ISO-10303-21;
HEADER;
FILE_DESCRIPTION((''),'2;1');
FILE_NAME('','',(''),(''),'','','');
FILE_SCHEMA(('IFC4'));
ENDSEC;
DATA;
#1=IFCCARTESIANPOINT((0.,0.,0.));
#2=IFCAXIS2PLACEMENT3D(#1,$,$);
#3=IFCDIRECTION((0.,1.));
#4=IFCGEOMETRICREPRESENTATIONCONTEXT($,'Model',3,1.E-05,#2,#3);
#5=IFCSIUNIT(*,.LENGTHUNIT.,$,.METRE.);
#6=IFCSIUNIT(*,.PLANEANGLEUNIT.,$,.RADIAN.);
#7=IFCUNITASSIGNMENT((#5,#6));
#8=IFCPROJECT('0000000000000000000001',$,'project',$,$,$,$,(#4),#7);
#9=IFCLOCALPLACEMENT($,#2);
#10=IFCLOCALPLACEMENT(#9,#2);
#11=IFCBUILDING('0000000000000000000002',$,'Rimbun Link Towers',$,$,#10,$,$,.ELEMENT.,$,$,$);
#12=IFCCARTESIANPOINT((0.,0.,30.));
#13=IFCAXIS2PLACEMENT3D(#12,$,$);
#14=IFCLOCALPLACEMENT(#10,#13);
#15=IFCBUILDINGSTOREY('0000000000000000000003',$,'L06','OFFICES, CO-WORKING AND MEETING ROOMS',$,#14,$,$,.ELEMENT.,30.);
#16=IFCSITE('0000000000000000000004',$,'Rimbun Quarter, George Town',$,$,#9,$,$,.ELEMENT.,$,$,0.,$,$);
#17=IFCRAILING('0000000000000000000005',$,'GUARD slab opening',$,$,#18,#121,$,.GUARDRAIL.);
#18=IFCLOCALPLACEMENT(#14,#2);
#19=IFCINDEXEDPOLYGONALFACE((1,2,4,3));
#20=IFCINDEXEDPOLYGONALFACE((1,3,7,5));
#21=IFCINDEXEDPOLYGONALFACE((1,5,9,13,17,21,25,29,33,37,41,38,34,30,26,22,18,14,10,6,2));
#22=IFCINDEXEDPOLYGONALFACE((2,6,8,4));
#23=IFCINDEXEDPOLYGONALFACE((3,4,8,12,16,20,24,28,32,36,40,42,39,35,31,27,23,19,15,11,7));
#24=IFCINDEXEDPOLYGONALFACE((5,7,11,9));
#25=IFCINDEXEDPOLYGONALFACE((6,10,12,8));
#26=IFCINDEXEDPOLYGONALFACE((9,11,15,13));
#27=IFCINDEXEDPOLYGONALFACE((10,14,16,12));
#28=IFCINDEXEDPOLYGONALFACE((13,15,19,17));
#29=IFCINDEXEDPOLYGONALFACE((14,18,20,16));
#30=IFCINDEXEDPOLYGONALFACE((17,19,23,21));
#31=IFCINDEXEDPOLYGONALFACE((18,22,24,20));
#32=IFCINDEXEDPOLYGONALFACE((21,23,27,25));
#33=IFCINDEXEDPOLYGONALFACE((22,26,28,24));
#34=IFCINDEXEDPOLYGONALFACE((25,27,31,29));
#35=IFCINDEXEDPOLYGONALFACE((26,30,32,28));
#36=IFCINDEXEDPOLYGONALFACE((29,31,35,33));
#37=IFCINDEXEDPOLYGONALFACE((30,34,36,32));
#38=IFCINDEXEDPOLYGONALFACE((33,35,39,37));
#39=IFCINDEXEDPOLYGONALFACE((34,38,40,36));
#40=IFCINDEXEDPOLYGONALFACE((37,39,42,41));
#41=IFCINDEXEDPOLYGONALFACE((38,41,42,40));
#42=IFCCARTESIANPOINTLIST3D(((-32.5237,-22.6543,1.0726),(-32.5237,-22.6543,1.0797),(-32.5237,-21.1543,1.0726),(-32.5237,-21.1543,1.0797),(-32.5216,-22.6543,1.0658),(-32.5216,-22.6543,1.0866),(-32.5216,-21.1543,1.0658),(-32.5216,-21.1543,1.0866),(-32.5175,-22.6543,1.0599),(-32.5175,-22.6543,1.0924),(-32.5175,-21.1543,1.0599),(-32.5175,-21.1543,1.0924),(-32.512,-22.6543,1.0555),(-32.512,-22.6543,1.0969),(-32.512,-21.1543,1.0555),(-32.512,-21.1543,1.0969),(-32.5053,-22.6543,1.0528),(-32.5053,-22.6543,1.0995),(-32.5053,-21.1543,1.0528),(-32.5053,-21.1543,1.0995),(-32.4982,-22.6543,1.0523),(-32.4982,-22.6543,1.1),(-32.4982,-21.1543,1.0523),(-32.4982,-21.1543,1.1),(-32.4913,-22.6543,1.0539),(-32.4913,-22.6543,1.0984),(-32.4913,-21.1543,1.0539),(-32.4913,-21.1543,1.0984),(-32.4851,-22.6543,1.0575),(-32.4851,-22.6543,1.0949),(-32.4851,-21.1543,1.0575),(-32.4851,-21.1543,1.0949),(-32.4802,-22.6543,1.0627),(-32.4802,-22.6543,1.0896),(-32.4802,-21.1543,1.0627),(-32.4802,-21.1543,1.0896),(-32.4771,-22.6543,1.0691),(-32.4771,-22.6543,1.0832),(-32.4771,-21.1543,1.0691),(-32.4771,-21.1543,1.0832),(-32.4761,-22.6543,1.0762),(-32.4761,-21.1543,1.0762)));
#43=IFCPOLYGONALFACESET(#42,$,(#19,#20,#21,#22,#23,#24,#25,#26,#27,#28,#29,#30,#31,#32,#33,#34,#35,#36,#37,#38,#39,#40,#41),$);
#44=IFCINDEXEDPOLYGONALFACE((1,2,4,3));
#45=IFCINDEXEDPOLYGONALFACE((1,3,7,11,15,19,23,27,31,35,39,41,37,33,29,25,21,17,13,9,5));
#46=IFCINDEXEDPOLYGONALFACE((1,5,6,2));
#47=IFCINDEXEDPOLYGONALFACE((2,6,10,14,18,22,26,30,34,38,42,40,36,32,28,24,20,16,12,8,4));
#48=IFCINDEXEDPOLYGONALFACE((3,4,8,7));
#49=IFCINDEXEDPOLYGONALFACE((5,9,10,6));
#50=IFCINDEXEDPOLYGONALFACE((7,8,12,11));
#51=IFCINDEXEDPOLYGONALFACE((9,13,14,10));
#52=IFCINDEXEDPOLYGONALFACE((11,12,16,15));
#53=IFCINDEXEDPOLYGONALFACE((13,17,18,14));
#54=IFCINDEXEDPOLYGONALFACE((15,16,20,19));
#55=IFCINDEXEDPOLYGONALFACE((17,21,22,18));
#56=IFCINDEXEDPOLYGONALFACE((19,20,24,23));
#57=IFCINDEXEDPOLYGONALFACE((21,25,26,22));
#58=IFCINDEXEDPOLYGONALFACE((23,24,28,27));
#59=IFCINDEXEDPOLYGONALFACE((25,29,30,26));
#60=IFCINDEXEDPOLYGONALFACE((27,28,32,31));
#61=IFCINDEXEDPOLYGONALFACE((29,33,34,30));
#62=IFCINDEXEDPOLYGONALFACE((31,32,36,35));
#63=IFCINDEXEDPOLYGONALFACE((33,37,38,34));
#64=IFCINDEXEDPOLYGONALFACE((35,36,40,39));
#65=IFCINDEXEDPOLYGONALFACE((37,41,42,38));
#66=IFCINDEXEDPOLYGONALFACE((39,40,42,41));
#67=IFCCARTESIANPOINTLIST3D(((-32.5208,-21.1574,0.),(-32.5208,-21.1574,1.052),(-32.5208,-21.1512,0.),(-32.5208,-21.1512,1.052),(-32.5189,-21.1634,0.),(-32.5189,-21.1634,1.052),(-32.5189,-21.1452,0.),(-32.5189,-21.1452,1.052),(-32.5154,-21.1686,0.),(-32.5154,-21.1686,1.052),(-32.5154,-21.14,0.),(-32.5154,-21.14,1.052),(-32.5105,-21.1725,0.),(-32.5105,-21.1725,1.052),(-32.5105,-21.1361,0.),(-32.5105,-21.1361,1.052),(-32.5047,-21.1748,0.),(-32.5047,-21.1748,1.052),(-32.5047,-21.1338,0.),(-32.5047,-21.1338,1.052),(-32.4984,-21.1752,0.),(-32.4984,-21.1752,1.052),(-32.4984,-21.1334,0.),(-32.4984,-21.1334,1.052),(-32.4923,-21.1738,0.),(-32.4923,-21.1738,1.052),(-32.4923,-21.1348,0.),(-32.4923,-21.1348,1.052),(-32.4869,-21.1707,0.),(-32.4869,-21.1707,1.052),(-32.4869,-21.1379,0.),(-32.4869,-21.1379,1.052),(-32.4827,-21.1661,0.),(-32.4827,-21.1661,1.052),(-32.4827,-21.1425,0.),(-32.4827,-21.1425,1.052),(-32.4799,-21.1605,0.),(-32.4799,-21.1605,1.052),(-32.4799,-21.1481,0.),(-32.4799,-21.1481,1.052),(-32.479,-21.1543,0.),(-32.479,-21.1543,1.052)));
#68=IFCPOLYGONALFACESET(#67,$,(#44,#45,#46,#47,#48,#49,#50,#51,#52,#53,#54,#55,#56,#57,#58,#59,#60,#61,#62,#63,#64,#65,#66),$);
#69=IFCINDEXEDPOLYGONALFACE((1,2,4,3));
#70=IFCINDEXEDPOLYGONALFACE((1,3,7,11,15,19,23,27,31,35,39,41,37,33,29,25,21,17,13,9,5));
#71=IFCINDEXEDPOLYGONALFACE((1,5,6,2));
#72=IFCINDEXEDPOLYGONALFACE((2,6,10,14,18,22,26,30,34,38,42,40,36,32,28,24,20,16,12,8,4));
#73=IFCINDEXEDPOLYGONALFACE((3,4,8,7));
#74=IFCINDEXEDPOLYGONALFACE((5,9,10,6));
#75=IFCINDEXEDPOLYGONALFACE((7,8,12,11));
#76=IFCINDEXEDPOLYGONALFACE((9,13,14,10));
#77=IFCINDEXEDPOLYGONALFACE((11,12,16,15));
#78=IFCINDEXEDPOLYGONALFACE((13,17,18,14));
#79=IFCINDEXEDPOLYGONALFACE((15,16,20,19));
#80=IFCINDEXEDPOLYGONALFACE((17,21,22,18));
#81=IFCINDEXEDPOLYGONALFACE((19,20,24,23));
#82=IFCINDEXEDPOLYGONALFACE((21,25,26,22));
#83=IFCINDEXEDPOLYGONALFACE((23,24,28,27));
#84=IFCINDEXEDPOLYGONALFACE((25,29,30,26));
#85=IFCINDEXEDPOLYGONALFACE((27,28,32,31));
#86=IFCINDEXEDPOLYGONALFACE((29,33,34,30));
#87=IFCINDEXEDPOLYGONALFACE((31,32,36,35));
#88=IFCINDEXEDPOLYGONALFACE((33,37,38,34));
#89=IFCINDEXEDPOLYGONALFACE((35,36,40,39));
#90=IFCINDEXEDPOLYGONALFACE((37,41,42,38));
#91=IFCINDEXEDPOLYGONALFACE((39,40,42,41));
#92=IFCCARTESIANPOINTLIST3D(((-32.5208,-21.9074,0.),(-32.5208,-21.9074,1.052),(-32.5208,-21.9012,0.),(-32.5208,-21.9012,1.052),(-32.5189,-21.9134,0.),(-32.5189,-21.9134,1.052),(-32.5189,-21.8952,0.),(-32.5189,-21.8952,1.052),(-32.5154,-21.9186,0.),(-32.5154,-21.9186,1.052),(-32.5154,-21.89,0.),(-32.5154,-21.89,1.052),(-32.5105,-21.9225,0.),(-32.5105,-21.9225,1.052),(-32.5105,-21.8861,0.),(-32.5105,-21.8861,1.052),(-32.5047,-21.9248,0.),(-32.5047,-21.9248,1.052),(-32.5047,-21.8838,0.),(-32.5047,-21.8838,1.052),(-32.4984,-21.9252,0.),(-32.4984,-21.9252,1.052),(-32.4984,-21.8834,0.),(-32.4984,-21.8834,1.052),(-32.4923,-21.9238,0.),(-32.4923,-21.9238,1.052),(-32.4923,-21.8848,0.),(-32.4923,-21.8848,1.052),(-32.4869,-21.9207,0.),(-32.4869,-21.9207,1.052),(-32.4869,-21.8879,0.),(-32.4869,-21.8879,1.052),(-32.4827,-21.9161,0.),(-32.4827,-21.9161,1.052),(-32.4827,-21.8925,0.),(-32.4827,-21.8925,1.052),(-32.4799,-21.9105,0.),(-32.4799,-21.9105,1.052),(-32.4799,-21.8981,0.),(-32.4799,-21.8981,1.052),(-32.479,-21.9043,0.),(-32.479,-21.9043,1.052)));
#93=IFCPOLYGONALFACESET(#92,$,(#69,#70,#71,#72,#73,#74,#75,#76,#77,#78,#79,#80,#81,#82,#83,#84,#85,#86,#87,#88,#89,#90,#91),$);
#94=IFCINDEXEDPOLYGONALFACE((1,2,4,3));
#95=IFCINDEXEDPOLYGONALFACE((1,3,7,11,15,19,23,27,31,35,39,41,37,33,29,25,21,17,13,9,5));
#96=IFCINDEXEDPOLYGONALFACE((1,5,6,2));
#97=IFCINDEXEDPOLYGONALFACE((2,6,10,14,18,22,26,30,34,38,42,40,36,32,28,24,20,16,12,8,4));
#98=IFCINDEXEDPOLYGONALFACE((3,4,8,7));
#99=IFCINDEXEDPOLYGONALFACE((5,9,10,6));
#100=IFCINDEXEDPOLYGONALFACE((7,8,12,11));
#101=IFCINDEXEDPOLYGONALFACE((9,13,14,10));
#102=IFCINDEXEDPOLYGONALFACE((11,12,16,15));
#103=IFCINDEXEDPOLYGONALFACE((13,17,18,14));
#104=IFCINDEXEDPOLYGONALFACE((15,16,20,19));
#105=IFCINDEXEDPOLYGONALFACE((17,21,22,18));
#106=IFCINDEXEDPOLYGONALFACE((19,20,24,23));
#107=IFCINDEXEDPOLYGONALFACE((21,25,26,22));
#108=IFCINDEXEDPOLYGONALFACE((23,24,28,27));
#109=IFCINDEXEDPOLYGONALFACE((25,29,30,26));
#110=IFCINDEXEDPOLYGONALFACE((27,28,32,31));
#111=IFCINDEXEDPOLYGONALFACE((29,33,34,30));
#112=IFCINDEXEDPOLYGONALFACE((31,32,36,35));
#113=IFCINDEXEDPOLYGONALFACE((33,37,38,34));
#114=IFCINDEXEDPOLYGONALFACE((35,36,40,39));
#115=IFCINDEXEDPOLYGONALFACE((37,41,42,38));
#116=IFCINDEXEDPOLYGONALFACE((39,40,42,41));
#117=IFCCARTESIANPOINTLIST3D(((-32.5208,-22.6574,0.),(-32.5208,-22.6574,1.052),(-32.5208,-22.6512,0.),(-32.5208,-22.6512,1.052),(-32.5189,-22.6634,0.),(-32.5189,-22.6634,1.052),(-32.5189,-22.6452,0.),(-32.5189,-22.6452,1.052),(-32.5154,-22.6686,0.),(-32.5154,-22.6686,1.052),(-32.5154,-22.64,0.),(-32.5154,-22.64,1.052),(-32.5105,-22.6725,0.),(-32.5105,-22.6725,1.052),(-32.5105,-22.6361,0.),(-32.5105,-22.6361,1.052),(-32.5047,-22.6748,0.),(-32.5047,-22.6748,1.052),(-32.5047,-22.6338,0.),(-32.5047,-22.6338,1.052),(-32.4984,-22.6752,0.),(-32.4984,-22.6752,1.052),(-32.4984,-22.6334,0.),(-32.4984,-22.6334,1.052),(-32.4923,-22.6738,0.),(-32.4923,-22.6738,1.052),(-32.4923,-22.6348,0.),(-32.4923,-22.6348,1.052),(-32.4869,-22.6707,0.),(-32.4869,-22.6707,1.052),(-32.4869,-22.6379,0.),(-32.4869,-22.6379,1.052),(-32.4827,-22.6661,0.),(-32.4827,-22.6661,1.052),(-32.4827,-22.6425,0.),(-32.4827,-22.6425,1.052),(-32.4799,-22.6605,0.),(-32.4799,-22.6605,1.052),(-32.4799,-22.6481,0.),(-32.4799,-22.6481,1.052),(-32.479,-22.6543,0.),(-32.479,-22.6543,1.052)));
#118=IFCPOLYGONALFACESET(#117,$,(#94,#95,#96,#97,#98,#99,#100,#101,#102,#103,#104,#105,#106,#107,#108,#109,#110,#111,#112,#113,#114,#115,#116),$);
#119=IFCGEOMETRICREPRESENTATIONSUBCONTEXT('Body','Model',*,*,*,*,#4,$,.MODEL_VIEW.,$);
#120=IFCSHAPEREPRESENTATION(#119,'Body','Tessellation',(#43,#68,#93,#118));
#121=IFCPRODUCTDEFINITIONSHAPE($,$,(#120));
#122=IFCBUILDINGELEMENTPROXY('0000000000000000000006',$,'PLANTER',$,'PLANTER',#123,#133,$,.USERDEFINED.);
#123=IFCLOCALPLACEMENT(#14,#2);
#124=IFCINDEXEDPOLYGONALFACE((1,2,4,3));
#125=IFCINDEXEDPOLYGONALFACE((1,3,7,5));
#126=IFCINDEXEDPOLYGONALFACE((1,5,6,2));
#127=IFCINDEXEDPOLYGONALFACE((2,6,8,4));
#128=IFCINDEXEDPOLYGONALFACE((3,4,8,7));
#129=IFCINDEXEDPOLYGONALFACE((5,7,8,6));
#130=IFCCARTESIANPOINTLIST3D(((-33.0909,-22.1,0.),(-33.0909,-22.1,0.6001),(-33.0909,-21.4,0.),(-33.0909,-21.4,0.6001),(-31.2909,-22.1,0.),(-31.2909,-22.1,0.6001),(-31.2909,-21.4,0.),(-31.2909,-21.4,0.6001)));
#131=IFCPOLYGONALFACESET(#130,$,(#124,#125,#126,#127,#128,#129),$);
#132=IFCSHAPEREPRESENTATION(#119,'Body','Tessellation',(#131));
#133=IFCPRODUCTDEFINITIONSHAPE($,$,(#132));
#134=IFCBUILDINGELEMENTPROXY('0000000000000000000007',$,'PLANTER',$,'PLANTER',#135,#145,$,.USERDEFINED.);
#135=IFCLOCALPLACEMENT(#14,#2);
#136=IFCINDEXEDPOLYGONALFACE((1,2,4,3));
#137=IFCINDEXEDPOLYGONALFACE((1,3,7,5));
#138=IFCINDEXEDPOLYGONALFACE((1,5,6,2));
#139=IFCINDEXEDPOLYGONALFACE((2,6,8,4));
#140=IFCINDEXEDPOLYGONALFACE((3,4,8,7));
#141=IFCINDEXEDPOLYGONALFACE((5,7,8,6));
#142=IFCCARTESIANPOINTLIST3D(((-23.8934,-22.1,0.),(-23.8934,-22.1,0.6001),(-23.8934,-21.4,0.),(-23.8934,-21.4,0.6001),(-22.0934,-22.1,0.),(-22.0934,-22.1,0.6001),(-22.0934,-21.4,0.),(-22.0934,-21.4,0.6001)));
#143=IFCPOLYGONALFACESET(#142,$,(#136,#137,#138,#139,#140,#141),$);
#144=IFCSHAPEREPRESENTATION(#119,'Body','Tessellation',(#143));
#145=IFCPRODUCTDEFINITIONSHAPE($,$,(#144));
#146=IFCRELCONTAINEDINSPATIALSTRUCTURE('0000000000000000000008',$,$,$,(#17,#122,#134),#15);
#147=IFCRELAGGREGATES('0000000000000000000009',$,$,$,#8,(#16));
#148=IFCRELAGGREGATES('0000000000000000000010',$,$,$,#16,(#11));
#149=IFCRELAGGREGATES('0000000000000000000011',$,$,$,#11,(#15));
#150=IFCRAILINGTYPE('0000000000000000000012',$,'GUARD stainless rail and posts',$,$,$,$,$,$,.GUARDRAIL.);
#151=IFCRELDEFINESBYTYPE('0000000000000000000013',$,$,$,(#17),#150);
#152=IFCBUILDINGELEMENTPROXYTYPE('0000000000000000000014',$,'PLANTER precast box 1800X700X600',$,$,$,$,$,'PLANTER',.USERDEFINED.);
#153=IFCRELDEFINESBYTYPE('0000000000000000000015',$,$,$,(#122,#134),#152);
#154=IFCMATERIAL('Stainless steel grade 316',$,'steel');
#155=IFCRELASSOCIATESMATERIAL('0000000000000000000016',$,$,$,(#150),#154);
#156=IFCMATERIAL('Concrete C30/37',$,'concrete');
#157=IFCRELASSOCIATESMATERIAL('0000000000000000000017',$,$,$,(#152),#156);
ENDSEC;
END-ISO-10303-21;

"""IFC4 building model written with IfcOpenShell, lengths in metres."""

from ifc_helpers import new_model, si_unit, direction, frame, origin, origin_2d, place, context, subcontext, project, spatial, rectangle, circle, extrude, material, type_object, element, save


model = new_model("IFC4")

# Units and contexts
model_context = context("Model", 3, precision=1e-05, world=origin(), true_north=direction((0.0, 1.0)))
body_context = subcontext(model_context, "Body", "Model", "MODEL_VIEW")
ifc_project = project(units=[si_unit("LENGTHUNIT", "METRE"), si_unit("PLANEANGLEUNIT", "RADIAN")], contexts=[model_context])

# Site, building, storey
site_placement = place(None, origin())
site = spatial("IfcSite", under=ifc_project, at=site_placement, Name="Rimbun Quarter, George Town", CompositionType="ELEMENT", RefElevation=0.0)
building_placement = place(site_placement, origin())
building = spatial("IfcBuilding", under=site, at=building_placement, Name="Rimbun Link Towers", CompositionType="ELEMENT")
storey_placement = place(building_placement, frame((0.0, 0.0, 30.0)))
storey = spatial("IfcBuildingStorey", under=building, at=storey_placement, Name="L06", Description="OFFICES, CO-WORKING AND MEETING ROOMS", CompositionType="ELEMENT", Elevation=30.0)

# Railing
ifc_material_1 = material(Name="Stainless steel grade 316", Category="steel")
railing_type = type_object("IfcRailingType", Name="GUARD stainless rail and posts", PredefinedType="GUARDRAIL", material=ifc_material_1)
railing_1_placement = place(storey_placement, frame((-32.5, -21.1543, 0.0)))
element("IfcRailing", 1, at=railing_1_placement, inside=storey, type_object=railing_type, Name="GUARD slab opening", PredefinedType="GUARDRAIL", context=body_context, shape_type="SweptSolid", body=[
    extrude(circle(Radius=0.0239, at=origin_2d()), frame((0.0, 0.0, 1.0762), z_axis=(0.0, -1.0, 0.0), x_axis=(1.0, 0.0, 0.0)), (0.0, 0.0, 1.0), 1.5),
    extrude(circle(Radius=0.021, at=origin_2d()), origin(), (0.0, 0.0, 1.0), 1.052),
    extrude(circle(Radius=0.021, at=origin_2d()), frame((0.0, -0.75, 0.0)), (0.0, 0.0, 1.0), 1.052),
    extrude(circle(Radius=0.021, at=origin_2d()), frame((0.0, -1.5, 0.0)), (0.0, 0.0, 1.0), 1.052),
])

# Building element proxies
ifc_material_2 = material(Name="Concrete C30/37", Category="concrete")
building_element_proxy_type = type_object("IfcBuildingElementProxyType", Name="PLANTER precast box 1800X700X600", ElementType="PLANTER", PredefinedType="USERDEFINED", material=ifc_material_2)
for number, where, z_axis, x_axis, name in (
    (2, (-32.1909, -21.75, 0.0), (0.0, 0.0, 1.0), (1.0, 0.0, 0.0), "PLANTER"),
    (3, (-22.9934, -21.75, 0.0), (0.0, 0.0, 1.0), (1.0, 0.0, 0.0), "PLANTER"),
):
    element("IfcBuildingElementProxy", number, at=place(storey_placement, frame(where, z_axis=z_axis, x_axis=x_axis)), inside=storey, type_object=building_element_proxy_type, Name=name, ObjectType="PLANTER", PredefinedType="USERDEFINED", context=body_context, shape_type="SweptSolid", body=[
        extrude(rectangle(XDim=1.8, YDim=0.7, at=origin_2d()), origin(), (0.0, 0.0, 1.0), 0.6001),
    ])

save(model, "model.ifc")
